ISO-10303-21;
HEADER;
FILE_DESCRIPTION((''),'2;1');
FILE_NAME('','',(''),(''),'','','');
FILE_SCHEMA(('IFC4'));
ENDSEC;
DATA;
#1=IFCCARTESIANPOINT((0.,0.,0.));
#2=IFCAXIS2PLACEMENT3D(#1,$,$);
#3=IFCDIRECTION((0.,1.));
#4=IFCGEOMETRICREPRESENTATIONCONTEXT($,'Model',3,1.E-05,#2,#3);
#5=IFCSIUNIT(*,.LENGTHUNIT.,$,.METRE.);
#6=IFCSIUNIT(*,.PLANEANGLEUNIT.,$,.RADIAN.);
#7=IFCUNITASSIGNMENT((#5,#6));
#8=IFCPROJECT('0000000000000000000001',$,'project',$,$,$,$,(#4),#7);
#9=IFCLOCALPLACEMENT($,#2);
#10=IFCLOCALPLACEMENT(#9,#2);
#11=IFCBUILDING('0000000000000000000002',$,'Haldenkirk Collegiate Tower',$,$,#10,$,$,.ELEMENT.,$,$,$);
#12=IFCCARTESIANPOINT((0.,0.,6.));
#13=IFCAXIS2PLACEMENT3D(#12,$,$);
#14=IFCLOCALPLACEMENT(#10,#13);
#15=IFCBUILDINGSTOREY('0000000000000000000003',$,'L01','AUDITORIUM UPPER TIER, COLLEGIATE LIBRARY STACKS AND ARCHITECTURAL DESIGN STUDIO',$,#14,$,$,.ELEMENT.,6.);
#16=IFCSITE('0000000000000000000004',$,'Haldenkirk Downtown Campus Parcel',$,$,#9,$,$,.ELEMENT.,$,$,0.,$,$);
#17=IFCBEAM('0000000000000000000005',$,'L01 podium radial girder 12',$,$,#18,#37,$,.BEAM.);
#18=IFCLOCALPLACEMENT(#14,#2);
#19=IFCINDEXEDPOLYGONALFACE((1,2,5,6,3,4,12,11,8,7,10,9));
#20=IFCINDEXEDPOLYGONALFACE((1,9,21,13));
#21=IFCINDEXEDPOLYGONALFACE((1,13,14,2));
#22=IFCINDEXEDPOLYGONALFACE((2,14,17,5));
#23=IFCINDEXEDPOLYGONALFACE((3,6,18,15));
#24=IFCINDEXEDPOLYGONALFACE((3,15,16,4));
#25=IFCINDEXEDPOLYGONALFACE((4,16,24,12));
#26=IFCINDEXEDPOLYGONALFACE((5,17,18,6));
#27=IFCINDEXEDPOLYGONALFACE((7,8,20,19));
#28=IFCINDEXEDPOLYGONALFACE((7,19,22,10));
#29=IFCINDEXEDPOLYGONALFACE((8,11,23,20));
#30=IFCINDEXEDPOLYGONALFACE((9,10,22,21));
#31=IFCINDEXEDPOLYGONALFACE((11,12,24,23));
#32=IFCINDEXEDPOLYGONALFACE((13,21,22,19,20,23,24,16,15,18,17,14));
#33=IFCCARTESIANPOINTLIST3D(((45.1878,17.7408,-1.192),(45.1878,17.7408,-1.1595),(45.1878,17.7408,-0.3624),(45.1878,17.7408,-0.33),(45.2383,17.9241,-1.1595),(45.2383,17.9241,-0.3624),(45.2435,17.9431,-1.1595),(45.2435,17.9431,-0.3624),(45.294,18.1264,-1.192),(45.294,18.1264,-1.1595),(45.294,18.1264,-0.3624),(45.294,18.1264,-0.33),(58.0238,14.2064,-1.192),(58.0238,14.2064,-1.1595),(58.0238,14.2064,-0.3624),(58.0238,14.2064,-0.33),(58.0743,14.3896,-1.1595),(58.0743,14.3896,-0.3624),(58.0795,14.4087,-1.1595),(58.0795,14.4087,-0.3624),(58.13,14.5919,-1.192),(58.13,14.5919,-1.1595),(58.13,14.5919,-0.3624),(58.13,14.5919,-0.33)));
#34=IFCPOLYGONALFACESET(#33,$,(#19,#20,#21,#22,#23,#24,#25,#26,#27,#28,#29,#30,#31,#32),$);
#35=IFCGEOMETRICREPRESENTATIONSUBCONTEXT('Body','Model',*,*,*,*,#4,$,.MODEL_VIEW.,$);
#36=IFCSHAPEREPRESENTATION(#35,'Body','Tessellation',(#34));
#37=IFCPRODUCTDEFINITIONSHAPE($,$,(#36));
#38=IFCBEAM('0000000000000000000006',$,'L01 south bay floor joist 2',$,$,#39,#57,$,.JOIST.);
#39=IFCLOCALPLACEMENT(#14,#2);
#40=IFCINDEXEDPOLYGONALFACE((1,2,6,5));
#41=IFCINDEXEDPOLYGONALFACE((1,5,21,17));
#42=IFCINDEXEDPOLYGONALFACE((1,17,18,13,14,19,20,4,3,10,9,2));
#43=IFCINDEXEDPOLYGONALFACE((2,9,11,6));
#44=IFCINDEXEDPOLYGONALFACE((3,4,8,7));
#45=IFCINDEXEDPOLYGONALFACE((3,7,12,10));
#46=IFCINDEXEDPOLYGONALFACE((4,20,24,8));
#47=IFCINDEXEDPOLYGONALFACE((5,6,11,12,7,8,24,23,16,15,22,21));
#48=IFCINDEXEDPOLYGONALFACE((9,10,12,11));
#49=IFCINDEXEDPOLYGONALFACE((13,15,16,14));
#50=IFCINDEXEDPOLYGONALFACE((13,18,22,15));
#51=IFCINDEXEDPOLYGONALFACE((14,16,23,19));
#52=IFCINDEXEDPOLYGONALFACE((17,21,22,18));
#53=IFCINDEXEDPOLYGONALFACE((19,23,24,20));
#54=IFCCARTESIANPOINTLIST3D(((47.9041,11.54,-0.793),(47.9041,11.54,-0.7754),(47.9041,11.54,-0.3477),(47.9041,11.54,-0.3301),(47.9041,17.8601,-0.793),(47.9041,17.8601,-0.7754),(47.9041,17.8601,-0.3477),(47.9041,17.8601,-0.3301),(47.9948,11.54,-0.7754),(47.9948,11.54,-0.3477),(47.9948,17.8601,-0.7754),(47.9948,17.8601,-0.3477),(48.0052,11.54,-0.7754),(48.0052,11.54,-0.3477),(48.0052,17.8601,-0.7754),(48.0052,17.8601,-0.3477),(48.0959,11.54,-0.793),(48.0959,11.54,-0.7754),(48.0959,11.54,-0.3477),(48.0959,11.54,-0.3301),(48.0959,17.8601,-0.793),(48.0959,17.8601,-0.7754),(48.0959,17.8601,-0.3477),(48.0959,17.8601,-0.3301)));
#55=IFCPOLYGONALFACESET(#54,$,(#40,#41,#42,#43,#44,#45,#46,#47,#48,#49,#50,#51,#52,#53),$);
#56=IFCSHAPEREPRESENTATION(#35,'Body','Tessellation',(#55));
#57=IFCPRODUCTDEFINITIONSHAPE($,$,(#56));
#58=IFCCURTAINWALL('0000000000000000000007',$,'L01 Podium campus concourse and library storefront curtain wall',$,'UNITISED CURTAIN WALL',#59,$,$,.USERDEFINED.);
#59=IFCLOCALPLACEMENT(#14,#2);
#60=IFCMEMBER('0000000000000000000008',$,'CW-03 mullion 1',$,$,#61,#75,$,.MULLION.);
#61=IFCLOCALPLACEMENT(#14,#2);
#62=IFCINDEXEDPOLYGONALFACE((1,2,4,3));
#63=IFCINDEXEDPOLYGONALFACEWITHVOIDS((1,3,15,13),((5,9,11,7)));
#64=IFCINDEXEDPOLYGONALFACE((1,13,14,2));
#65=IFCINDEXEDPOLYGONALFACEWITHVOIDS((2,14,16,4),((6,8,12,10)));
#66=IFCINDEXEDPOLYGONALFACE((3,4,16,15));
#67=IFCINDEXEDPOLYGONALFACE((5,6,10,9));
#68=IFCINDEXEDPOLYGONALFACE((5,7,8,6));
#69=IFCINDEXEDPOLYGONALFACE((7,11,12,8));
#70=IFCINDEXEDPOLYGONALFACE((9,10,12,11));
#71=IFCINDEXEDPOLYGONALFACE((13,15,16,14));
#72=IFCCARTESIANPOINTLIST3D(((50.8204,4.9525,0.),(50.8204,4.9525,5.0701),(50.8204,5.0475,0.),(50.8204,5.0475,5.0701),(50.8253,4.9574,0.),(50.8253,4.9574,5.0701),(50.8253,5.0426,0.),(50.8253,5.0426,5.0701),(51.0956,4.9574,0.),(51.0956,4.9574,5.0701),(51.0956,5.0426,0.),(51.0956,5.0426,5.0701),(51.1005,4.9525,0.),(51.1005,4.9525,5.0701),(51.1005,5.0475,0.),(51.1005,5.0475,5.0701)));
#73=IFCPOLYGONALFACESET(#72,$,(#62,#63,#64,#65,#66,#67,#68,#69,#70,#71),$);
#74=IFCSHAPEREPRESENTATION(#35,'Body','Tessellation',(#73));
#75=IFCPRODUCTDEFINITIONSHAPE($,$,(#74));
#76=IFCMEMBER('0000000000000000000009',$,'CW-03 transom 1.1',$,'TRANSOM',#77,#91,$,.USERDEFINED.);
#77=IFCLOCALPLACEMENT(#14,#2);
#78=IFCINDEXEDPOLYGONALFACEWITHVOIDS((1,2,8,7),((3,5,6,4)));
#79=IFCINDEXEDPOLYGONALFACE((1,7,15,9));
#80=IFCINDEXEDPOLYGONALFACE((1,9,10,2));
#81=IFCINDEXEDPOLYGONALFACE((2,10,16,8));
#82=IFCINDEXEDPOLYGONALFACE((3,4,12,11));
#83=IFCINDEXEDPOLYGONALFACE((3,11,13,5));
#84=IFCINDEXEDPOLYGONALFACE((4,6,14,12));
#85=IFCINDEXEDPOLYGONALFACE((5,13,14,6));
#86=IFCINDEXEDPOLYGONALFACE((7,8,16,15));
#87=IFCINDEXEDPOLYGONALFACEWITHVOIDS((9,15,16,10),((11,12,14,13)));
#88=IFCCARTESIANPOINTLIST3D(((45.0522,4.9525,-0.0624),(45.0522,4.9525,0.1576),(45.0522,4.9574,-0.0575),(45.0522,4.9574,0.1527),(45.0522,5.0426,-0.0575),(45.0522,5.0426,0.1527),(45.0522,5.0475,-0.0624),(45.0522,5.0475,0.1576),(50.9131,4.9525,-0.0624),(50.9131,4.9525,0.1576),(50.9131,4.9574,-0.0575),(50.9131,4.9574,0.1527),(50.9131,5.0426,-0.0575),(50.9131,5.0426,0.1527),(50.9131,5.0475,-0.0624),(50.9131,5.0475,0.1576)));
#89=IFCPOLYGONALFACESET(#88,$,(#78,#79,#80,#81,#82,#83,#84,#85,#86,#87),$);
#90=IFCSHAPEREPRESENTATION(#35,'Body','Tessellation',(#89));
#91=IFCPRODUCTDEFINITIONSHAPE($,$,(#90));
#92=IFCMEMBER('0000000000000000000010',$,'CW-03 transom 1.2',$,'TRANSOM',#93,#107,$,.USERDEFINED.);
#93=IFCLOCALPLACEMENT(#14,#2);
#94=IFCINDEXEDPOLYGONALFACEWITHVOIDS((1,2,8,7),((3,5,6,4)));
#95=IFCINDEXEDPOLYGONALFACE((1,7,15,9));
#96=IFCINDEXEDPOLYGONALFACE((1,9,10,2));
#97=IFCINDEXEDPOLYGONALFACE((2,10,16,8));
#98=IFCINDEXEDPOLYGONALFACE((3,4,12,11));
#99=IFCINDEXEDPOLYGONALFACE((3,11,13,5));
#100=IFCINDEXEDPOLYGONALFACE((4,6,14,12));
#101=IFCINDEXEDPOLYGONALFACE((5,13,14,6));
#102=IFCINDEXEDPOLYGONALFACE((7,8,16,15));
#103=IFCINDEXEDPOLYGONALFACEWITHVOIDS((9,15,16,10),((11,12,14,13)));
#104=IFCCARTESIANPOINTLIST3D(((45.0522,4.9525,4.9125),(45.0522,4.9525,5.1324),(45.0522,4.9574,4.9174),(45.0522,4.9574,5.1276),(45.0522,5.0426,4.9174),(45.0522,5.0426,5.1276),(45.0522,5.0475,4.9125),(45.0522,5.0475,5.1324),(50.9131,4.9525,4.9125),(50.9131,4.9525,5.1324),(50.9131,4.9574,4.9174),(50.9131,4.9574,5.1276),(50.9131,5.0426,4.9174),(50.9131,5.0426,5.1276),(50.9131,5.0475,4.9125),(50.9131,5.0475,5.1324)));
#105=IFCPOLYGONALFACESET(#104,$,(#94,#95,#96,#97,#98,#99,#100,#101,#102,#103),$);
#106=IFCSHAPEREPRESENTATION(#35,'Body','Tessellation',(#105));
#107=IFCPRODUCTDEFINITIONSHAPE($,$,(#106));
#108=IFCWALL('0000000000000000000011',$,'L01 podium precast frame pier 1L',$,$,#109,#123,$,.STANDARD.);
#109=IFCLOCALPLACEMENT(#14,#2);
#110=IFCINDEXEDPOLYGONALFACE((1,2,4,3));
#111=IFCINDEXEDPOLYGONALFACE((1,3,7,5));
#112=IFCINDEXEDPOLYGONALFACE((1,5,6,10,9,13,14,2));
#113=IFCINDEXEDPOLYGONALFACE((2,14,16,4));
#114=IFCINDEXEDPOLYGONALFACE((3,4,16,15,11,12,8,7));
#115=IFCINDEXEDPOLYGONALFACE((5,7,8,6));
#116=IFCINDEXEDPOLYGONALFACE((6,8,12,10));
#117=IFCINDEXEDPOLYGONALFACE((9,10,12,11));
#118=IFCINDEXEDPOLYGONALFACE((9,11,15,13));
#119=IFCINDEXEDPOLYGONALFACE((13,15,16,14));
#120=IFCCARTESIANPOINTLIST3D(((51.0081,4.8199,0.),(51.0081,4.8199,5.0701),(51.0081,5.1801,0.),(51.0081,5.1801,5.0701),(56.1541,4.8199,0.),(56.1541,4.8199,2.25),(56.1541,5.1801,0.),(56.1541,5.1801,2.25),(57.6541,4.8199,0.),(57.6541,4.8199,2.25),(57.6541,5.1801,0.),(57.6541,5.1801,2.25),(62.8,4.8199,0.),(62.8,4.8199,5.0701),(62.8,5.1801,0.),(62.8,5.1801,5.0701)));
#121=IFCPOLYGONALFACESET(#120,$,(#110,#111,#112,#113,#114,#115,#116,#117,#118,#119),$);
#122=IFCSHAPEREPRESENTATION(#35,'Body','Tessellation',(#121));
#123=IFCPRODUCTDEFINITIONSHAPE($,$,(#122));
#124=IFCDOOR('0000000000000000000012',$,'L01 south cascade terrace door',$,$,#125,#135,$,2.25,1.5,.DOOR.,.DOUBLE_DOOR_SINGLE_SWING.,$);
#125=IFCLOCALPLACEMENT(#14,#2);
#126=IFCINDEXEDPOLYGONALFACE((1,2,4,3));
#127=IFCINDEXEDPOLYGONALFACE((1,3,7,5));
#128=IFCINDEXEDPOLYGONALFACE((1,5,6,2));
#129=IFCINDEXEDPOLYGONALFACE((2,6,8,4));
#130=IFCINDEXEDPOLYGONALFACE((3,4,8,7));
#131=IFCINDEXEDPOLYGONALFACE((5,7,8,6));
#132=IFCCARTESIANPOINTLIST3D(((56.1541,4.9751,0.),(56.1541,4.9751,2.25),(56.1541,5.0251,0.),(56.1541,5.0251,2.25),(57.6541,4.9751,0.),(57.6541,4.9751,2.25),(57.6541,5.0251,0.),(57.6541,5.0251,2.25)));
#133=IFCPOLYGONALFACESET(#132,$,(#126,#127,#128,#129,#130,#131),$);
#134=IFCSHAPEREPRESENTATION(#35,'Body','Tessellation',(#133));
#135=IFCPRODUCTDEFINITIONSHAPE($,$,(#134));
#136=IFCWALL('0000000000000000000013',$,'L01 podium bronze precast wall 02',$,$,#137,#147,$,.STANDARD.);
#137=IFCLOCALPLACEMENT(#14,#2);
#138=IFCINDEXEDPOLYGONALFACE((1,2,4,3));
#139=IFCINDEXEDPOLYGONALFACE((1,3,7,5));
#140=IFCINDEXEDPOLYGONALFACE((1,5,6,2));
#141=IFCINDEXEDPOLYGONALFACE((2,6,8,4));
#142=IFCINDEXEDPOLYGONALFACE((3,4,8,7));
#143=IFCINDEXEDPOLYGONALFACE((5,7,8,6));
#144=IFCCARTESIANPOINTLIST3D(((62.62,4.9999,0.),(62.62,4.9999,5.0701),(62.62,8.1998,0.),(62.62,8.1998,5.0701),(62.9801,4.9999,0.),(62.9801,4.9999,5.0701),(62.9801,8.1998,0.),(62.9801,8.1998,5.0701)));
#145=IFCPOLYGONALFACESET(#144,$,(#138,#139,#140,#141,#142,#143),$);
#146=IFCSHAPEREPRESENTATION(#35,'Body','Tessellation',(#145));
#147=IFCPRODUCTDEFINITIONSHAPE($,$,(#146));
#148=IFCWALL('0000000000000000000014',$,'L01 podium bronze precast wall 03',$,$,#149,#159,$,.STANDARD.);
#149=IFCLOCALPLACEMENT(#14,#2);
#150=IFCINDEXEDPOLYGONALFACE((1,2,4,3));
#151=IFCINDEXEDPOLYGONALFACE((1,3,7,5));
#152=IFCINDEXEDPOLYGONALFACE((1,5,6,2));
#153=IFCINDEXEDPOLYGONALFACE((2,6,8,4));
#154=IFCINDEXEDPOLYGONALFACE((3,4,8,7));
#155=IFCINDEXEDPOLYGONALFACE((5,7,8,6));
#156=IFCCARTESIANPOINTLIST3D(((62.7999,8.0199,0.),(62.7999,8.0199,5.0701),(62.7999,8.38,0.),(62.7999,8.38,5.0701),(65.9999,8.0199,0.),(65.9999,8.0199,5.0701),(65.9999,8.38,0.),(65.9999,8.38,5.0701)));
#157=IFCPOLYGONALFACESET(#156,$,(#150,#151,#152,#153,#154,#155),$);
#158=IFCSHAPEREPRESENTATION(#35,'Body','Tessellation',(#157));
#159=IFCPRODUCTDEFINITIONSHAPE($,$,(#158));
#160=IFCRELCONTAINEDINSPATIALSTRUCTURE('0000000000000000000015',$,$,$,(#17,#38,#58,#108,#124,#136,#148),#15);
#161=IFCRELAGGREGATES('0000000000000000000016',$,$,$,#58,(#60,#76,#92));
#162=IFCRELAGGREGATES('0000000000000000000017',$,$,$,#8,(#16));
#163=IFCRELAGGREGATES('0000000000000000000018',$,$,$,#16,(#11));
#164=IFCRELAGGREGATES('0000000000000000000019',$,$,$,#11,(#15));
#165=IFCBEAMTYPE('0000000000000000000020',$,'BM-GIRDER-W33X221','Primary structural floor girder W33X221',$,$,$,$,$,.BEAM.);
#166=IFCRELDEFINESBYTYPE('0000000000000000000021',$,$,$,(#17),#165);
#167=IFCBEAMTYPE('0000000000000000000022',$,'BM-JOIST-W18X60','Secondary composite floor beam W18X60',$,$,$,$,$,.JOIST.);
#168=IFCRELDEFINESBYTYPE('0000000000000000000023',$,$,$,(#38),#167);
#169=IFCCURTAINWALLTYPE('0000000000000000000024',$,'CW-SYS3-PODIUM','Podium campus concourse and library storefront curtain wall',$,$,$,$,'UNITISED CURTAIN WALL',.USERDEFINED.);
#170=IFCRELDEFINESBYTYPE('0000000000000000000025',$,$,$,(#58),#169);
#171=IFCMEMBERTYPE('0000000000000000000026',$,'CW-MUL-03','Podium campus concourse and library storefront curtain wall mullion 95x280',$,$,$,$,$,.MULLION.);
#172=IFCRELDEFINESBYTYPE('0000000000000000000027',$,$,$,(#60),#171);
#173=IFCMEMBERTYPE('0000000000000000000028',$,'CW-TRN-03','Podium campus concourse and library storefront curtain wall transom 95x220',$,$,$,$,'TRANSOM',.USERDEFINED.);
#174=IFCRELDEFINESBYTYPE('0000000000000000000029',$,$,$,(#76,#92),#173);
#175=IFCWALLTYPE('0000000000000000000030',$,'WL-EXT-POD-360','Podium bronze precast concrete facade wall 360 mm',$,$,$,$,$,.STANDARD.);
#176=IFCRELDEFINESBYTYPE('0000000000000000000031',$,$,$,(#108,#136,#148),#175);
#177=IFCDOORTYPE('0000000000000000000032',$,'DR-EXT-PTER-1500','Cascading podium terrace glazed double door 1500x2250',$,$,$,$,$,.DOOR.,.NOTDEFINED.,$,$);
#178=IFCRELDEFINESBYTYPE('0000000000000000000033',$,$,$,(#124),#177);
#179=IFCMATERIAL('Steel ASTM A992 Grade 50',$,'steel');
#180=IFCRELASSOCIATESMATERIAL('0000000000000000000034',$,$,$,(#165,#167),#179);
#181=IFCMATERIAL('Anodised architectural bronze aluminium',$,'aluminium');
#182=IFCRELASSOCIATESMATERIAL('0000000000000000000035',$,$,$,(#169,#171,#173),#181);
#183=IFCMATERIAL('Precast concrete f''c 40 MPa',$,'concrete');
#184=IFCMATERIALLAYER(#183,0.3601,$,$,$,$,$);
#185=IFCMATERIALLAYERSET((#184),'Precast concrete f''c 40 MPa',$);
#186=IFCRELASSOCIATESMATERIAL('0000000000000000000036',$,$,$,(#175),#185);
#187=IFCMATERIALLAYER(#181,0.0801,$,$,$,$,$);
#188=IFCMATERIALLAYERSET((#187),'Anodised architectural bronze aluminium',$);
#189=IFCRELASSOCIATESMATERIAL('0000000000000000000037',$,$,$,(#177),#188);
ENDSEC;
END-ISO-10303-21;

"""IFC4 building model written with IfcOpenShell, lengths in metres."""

from ifc_helpers import new_model, si_unit, direction, frame, frame_2d, origin, origin_2d, place, context, subcontext, project, spatial, rectangle, hollow_rectangle, i_section, extrude, material, layer, layer_set, material_profile, profile_set, type_object, element, fill, aggregate, save


model = new_model("IFC4")

# Units and contexts
model_context = context("Model", 3, precision=1e-05, world=origin(), true_north=direction((0.0, 1.0)))
body_context = subcontext(model_context, "Body", "Model", "MODEL_VIEW")
ifc_project = project(units=[si_unit("LENGTHUNIT", "METRE"), si_unit("PLANEANGLEUNIT", "RADIAN")], contexts=[model_context])

# Site, building, storey
site_placement = place(None, origin())
site = spatial("IfcSite", under=ifc_project, at=site_placement, Name="Haldenkirk Downtown Campus Parcel", CompositionType="ELEMENT", RefElevation=0.0)
building_placement = place(site_placement, origin())
building = spatial("IfcBuilding", under=site, at=building_placement, Name="Haldenkirk Collegiate Tower", CompositionType="ELEMENT")
storey_placement = place(building_placement, frame((0.0, 0.0, 6.0)))
storey = spatial("IfcBuildingStorey", under=building, at=storey_placement, Name="L01", Description="AUDITORIUM UPPER TIER, COLLEGIATE LIBRARY STACKS AND ARCHITECTURAL DESIGN STUDIO", CompositionType="ELEMENT", Elevation=6.0)

# Beams
ifc_material_1 = material(Name="Steel ASTM A992 Grade 50", Category="steel")
ifc_material_profile_1 = material_profile(ifc_material_1, i_section(OverallWidth=0.3999, OverallDepth=0.8621, WebThickness=0.0198, FlangeThickness=0.0325, at=origin_2d()), Name="W33X221")
ifc_profile_set_1 = profile_set([ifc_material_profile_1], Name="Steel ASTM A992 Grade 50")
beam_type_1 = type_object("IfcBeamType", Name="BM-GIRDER-W33X221", Description="Primary structural floor girder W33X221", PredefinedType="BEAM", material=ifc_profile_set_1)
beam_1_placement = place(storey_placement, frame((58.0769, 14.3992, -0.761), z_axis=(-0.964118, 0.265474, 0.0), x_axis=(-0.265474, -0.964118, 0.0)))
element("IfcBeam", 1, at=beam_1_placement, inside=storey, type_object=beam_type_1, Name="L01 podium radial girder 12", PredefinedType="BEAM", context=body_context, shape_type="SweptSolid", body=[
    extrude(i_section(OverallWidth=0.3999, OverallDepth=0.8621, WebThickness=0.0198, FlangeThickness=0.0325, at=origin_2d()), origin(), (0.0, 0.0, 1.0), 13.3137),
])
ifc_material_profile_2 = material_profile(ifc_material_1, i_section(OverallWidth=0.1919, OverallDepth=0.4629, WebThickness=0.0105, FlangeThickness=0.0176, at=origin_2d()), Name="W18X60")
ifc_profile_set_2 = profile_set([ifc_material_profile_2], Name="Steel ASTM A992 Grade 50")
beam_type_2 = type_object("IfcBeamType", Name="BM-JOIST-W18X60", Description="Secondary composite floor beam W18X60", PredefinedType="JOIST", material=ifc_profile_set_2)
beam_2_placement = place(storey_placement, frame((48.0, 11.54, -0.5615), z_axis=(0.0, 1.0, 0.0), x_axis=(-1.0, 0.0, 0.0)))
element("IfcBeam", 2, at=beam_2_placement, inside=storey, type_object=beam_type_2, Name="L01 south bay floor joist 2", PredefinedType="JOIST", context=body_context, shape_type="SweptSolid", body=[
    extrude(i_section(OverallWidth=0.1919, OverallDepth=0.4629, WebThickness=0.0105, FlangeThickness=0.0176, at=origin_2d()), origin(), (0.0, 0.0, 1.0), 6.3201),
])

# Curtain wall, members
ifc_material_2 = material(Name="Anodised architectural bronze aluminium", Category="aluminium")
curtain_wall_type = type_object("IfcCurtainWallType", Name="CW-SYS3-PODIUM", Description="Podium campus concourse and library storefront curtain wall", ElementType="UNITISED CURTAIN WALL", PredefinedType="USERDEFINED", material=ifc_material_2)
curtain_wall_placement = place(storey_placement, origin())
curtain_wall = element("IfcCurtainWall", 3, at=curtain_wall_placement, inside=storey, type_object=curtain_wall_type, Name="L01 Podium campus concourse and library storefront curtain wall", ObjectType="UNITISED CURTAIN WALL", PredefinedType="USERDEFINED")
ifc_material_profile_3 = material_profile(ifc_material_2, hollow_rectangle(XDim=0.095, YDim=0.28, WallThickness=0.0049, at=origin_2d()), Name="CW-MUL-03")
ifc_profile_set_3 = profile_set([ifc_material_profile_3], Name="Anodised architectural bronze aluminium")
member_type_1 = type_object("IfcMemberType", Name="CW-MUL-03", Description="Podium campus concourse and library storefront curtain wall mullion 95x280", PredefinedType="MULLION", material=ifc_profile_set_3)
member_1_placement = place(storey_placement, frame((50.9604, 5.0, 0.0), z_axis=(0.0, 0.0, 1.0), x_axis=(0.0, -1.0, 0.0)))
member_1 = element("IfcMember", 4, at=member_1_placement, type_object=member_type_1, Name="CW-03 mullion 1", PredefinedType="MULLION", context=body_context, shape_type="SweptSolid", body=[
    extrude(hollow_rectangle(XDim=0.095, YDim=0.28, WallThickness=0.0049, at=origin_2d()), origin(), (0.0, 0.0, 1.0), 5.0701),
])
ifc_material_profile_4 = material_profile(ifc_material_2, hollow_rectangle(XDim=0.095, YDim=0.22, WallThickness=0.0049, at=origin_2d()), Name="CW-TRN-03")
ifc_profile_set_4 = profile_set([ifc_material_profile_4], Name="Anodised architectural bronze aluminium")
member_type_2 = type_object("IfcMemberType", Name="CW-TRN-03", Description="Podium campus concourse and library storefront curtain wall transom 95x220", ElementType="TRANSOM", PredefinedType="USERDEFINED", material=ifc_profile_set_4)
member_2_placement = place(storey_placement, frame((50.9131, 5.0, 0.0476), z_axis=(-1.0, 0.0, 0.0), x_axis=(0.0, -1.0, 0.0)))
member_2 = element("IfcMember", 5, at=member_2_placement, type_object=member_type_2, Name="CW-03 transom 1.1", ObjectType="TRANSOM", PredefinedType="USERDEFINED", context=body_context, shape_type="SweptSolid", body=[
    extrude(hollow_rectangle(XDim=0.095, YDim=0.22, WallThickness=0.0049, at=origin_2d()), origin(), (0.0, 0.0, 1.0), 5.8608),
])
member_3_placement = place(storey_placement, frame((50.9131, 5.0, 5.0225), z_axis=(-1.0, 0.0, 0.0), x_axis=(0.0, -1.0, 0.0)))
member_3 = element("IfcMember", 6, at=member_3_placement, type_object=member_type_2, Name="CW-03 transom 1.2", ObjectType="TRANSOM", PredefinedType="USERDEFINED", context=body_context, shape_type="SweptSolid", body=[
    extrude(hollow_rectangle(XDim=0.095, YDim=0.22, WallThickness=0.0049, at=origin_2d()), origin(), (0.0, 0.0, 1.0), 5.8608),
])
aggregate(curtain_wall, [member_1, member_2, member_3])

# Wall, opening, door
ifc_material_3 = material(Name="Precast concrete f'c 40 MPa", Category="concrete")
ifc_layer_1 = layer(ifc_material_3, 0.3601)
ifc_layer_set_1 = layer_set([ifc_layer_1], Name="Precast concrete f'c 40 MPa")
wall_type_1 = type_object("IfcWallType", Name="WL-EXT-POD-360", Description="Podium bronze precast concrete facade wall 360 mm", PredefinedType="STANDARD", material=ifc_layer_set_1)
wall_1_placement = place(storey_placement, frame((62.8, 5.0, 0.0), z_axis=(0.0, 0.0, 1.0), x_axis=(-1.0, 0.0, 0.0)))
wall_1 = element("IfcWall", 7, at=wall_1_placement, inside=storey, type_object=wall_type_1, Name="L01 podium precast frame pier 1L", PredefinedType="STANDARD", context=body_context, shape_type="SweptSolid", body=[
    extrude(rectangle(XDim=11.792, YDim=0.3601, at=frame_2d((5.896, 0.0))), origin(), (0.0, 0.0, 1.0), 5.0701),
])
opening_1_placement = place(wall_1_placement, frame((5.146, 0.0, 0.0)))
opening_1 = element("IfcOpeningElement", 8, at=opening_1_placement, cuts=wall_1, PredefinedType="OPENING", context=body_context, shape_type="SweptSolid", body=[
    extrude(rectangle(XDim=1.5, YDim=2.25, at=frame_2d((0.75, 1.125))), frame((0.0, 0.1899, 0.0), z_axis=(0.0, -1.0, 0.0), x_axis=(1.0, 0.0, 0.0)), (0.0, 0.0, 1.0), 0.3801),
])
ifc_layer_2 = layer(ifc_material_2, 0.0801)
ifc_layer_set_2 = layer_set([ifc_layer_2], Name="Anodised architectural bronze aluminium")
door_type_1 = type_object("IfcDoorType", Name="DR-EXT-PTER-1500", Description="Cascading podium terrace glazed double door 1500x2250", OperationType="NOTDEFINED", PredefinedType="DOOR", material=ifc_layer_set_2)
door_1_placement = place(opening_1_placement, origin())
door_1 = element("IfcDoor", 9, at=door_1_placement, inside=storey, type_object=door_type_1, Name="L01 south cascade terrace door", OperationType="DOUBLE_DOOR_SINGLE_SWING", OverallHeight=2.25, OverallWidth=1.5, PredefinedType="DOOR", context=body_context, shape_type="SweptSolid", body=[
    extrude(rectangle(XDim=1.5, YDim=2.25, at=frame_2d((0.75, 1.125))), frame((0.0, 0.0249, 0.0), z_axis=(0.0, -1.0, 0.0), x_axis=(1.0, 0.0, 0.0)), (0.0, 0.0, 1.0), 0.05),
])
fill(opening_1, door_1)

# Walls
for number, where, z_axis, x_axis, name in (
    (10, (62.8, 8.2, 0.0), (0.0, 0.0, 1.0), (0.0, -1.0, 0.0), "L01 podium bronze precast wall 02"),
    (11, (66.0, 8.2, 0.0), (0.0, 0.0, 1.0), (-1.0, 0.0, 0.0), "L01 podium bronze precast wall 03"),
):
    element("IfcWall", number, at=place(storey_placement, frame(where, z_axis=z_axis, x_axis=x_axis)), inside=storey, type_object=wall_type_1, Name=name, PredefinedType="STANDARD", context=body_context, shape_type="SweptSolid", body=[
        extrude(rectangle(XDim=3.2, YDim=0.3601, at=frame_2d((1.6001, 0.0))), origin(), (0.0, 0.0, 1.0), 5.0701),
    ])

save(model, "model.ifc")
